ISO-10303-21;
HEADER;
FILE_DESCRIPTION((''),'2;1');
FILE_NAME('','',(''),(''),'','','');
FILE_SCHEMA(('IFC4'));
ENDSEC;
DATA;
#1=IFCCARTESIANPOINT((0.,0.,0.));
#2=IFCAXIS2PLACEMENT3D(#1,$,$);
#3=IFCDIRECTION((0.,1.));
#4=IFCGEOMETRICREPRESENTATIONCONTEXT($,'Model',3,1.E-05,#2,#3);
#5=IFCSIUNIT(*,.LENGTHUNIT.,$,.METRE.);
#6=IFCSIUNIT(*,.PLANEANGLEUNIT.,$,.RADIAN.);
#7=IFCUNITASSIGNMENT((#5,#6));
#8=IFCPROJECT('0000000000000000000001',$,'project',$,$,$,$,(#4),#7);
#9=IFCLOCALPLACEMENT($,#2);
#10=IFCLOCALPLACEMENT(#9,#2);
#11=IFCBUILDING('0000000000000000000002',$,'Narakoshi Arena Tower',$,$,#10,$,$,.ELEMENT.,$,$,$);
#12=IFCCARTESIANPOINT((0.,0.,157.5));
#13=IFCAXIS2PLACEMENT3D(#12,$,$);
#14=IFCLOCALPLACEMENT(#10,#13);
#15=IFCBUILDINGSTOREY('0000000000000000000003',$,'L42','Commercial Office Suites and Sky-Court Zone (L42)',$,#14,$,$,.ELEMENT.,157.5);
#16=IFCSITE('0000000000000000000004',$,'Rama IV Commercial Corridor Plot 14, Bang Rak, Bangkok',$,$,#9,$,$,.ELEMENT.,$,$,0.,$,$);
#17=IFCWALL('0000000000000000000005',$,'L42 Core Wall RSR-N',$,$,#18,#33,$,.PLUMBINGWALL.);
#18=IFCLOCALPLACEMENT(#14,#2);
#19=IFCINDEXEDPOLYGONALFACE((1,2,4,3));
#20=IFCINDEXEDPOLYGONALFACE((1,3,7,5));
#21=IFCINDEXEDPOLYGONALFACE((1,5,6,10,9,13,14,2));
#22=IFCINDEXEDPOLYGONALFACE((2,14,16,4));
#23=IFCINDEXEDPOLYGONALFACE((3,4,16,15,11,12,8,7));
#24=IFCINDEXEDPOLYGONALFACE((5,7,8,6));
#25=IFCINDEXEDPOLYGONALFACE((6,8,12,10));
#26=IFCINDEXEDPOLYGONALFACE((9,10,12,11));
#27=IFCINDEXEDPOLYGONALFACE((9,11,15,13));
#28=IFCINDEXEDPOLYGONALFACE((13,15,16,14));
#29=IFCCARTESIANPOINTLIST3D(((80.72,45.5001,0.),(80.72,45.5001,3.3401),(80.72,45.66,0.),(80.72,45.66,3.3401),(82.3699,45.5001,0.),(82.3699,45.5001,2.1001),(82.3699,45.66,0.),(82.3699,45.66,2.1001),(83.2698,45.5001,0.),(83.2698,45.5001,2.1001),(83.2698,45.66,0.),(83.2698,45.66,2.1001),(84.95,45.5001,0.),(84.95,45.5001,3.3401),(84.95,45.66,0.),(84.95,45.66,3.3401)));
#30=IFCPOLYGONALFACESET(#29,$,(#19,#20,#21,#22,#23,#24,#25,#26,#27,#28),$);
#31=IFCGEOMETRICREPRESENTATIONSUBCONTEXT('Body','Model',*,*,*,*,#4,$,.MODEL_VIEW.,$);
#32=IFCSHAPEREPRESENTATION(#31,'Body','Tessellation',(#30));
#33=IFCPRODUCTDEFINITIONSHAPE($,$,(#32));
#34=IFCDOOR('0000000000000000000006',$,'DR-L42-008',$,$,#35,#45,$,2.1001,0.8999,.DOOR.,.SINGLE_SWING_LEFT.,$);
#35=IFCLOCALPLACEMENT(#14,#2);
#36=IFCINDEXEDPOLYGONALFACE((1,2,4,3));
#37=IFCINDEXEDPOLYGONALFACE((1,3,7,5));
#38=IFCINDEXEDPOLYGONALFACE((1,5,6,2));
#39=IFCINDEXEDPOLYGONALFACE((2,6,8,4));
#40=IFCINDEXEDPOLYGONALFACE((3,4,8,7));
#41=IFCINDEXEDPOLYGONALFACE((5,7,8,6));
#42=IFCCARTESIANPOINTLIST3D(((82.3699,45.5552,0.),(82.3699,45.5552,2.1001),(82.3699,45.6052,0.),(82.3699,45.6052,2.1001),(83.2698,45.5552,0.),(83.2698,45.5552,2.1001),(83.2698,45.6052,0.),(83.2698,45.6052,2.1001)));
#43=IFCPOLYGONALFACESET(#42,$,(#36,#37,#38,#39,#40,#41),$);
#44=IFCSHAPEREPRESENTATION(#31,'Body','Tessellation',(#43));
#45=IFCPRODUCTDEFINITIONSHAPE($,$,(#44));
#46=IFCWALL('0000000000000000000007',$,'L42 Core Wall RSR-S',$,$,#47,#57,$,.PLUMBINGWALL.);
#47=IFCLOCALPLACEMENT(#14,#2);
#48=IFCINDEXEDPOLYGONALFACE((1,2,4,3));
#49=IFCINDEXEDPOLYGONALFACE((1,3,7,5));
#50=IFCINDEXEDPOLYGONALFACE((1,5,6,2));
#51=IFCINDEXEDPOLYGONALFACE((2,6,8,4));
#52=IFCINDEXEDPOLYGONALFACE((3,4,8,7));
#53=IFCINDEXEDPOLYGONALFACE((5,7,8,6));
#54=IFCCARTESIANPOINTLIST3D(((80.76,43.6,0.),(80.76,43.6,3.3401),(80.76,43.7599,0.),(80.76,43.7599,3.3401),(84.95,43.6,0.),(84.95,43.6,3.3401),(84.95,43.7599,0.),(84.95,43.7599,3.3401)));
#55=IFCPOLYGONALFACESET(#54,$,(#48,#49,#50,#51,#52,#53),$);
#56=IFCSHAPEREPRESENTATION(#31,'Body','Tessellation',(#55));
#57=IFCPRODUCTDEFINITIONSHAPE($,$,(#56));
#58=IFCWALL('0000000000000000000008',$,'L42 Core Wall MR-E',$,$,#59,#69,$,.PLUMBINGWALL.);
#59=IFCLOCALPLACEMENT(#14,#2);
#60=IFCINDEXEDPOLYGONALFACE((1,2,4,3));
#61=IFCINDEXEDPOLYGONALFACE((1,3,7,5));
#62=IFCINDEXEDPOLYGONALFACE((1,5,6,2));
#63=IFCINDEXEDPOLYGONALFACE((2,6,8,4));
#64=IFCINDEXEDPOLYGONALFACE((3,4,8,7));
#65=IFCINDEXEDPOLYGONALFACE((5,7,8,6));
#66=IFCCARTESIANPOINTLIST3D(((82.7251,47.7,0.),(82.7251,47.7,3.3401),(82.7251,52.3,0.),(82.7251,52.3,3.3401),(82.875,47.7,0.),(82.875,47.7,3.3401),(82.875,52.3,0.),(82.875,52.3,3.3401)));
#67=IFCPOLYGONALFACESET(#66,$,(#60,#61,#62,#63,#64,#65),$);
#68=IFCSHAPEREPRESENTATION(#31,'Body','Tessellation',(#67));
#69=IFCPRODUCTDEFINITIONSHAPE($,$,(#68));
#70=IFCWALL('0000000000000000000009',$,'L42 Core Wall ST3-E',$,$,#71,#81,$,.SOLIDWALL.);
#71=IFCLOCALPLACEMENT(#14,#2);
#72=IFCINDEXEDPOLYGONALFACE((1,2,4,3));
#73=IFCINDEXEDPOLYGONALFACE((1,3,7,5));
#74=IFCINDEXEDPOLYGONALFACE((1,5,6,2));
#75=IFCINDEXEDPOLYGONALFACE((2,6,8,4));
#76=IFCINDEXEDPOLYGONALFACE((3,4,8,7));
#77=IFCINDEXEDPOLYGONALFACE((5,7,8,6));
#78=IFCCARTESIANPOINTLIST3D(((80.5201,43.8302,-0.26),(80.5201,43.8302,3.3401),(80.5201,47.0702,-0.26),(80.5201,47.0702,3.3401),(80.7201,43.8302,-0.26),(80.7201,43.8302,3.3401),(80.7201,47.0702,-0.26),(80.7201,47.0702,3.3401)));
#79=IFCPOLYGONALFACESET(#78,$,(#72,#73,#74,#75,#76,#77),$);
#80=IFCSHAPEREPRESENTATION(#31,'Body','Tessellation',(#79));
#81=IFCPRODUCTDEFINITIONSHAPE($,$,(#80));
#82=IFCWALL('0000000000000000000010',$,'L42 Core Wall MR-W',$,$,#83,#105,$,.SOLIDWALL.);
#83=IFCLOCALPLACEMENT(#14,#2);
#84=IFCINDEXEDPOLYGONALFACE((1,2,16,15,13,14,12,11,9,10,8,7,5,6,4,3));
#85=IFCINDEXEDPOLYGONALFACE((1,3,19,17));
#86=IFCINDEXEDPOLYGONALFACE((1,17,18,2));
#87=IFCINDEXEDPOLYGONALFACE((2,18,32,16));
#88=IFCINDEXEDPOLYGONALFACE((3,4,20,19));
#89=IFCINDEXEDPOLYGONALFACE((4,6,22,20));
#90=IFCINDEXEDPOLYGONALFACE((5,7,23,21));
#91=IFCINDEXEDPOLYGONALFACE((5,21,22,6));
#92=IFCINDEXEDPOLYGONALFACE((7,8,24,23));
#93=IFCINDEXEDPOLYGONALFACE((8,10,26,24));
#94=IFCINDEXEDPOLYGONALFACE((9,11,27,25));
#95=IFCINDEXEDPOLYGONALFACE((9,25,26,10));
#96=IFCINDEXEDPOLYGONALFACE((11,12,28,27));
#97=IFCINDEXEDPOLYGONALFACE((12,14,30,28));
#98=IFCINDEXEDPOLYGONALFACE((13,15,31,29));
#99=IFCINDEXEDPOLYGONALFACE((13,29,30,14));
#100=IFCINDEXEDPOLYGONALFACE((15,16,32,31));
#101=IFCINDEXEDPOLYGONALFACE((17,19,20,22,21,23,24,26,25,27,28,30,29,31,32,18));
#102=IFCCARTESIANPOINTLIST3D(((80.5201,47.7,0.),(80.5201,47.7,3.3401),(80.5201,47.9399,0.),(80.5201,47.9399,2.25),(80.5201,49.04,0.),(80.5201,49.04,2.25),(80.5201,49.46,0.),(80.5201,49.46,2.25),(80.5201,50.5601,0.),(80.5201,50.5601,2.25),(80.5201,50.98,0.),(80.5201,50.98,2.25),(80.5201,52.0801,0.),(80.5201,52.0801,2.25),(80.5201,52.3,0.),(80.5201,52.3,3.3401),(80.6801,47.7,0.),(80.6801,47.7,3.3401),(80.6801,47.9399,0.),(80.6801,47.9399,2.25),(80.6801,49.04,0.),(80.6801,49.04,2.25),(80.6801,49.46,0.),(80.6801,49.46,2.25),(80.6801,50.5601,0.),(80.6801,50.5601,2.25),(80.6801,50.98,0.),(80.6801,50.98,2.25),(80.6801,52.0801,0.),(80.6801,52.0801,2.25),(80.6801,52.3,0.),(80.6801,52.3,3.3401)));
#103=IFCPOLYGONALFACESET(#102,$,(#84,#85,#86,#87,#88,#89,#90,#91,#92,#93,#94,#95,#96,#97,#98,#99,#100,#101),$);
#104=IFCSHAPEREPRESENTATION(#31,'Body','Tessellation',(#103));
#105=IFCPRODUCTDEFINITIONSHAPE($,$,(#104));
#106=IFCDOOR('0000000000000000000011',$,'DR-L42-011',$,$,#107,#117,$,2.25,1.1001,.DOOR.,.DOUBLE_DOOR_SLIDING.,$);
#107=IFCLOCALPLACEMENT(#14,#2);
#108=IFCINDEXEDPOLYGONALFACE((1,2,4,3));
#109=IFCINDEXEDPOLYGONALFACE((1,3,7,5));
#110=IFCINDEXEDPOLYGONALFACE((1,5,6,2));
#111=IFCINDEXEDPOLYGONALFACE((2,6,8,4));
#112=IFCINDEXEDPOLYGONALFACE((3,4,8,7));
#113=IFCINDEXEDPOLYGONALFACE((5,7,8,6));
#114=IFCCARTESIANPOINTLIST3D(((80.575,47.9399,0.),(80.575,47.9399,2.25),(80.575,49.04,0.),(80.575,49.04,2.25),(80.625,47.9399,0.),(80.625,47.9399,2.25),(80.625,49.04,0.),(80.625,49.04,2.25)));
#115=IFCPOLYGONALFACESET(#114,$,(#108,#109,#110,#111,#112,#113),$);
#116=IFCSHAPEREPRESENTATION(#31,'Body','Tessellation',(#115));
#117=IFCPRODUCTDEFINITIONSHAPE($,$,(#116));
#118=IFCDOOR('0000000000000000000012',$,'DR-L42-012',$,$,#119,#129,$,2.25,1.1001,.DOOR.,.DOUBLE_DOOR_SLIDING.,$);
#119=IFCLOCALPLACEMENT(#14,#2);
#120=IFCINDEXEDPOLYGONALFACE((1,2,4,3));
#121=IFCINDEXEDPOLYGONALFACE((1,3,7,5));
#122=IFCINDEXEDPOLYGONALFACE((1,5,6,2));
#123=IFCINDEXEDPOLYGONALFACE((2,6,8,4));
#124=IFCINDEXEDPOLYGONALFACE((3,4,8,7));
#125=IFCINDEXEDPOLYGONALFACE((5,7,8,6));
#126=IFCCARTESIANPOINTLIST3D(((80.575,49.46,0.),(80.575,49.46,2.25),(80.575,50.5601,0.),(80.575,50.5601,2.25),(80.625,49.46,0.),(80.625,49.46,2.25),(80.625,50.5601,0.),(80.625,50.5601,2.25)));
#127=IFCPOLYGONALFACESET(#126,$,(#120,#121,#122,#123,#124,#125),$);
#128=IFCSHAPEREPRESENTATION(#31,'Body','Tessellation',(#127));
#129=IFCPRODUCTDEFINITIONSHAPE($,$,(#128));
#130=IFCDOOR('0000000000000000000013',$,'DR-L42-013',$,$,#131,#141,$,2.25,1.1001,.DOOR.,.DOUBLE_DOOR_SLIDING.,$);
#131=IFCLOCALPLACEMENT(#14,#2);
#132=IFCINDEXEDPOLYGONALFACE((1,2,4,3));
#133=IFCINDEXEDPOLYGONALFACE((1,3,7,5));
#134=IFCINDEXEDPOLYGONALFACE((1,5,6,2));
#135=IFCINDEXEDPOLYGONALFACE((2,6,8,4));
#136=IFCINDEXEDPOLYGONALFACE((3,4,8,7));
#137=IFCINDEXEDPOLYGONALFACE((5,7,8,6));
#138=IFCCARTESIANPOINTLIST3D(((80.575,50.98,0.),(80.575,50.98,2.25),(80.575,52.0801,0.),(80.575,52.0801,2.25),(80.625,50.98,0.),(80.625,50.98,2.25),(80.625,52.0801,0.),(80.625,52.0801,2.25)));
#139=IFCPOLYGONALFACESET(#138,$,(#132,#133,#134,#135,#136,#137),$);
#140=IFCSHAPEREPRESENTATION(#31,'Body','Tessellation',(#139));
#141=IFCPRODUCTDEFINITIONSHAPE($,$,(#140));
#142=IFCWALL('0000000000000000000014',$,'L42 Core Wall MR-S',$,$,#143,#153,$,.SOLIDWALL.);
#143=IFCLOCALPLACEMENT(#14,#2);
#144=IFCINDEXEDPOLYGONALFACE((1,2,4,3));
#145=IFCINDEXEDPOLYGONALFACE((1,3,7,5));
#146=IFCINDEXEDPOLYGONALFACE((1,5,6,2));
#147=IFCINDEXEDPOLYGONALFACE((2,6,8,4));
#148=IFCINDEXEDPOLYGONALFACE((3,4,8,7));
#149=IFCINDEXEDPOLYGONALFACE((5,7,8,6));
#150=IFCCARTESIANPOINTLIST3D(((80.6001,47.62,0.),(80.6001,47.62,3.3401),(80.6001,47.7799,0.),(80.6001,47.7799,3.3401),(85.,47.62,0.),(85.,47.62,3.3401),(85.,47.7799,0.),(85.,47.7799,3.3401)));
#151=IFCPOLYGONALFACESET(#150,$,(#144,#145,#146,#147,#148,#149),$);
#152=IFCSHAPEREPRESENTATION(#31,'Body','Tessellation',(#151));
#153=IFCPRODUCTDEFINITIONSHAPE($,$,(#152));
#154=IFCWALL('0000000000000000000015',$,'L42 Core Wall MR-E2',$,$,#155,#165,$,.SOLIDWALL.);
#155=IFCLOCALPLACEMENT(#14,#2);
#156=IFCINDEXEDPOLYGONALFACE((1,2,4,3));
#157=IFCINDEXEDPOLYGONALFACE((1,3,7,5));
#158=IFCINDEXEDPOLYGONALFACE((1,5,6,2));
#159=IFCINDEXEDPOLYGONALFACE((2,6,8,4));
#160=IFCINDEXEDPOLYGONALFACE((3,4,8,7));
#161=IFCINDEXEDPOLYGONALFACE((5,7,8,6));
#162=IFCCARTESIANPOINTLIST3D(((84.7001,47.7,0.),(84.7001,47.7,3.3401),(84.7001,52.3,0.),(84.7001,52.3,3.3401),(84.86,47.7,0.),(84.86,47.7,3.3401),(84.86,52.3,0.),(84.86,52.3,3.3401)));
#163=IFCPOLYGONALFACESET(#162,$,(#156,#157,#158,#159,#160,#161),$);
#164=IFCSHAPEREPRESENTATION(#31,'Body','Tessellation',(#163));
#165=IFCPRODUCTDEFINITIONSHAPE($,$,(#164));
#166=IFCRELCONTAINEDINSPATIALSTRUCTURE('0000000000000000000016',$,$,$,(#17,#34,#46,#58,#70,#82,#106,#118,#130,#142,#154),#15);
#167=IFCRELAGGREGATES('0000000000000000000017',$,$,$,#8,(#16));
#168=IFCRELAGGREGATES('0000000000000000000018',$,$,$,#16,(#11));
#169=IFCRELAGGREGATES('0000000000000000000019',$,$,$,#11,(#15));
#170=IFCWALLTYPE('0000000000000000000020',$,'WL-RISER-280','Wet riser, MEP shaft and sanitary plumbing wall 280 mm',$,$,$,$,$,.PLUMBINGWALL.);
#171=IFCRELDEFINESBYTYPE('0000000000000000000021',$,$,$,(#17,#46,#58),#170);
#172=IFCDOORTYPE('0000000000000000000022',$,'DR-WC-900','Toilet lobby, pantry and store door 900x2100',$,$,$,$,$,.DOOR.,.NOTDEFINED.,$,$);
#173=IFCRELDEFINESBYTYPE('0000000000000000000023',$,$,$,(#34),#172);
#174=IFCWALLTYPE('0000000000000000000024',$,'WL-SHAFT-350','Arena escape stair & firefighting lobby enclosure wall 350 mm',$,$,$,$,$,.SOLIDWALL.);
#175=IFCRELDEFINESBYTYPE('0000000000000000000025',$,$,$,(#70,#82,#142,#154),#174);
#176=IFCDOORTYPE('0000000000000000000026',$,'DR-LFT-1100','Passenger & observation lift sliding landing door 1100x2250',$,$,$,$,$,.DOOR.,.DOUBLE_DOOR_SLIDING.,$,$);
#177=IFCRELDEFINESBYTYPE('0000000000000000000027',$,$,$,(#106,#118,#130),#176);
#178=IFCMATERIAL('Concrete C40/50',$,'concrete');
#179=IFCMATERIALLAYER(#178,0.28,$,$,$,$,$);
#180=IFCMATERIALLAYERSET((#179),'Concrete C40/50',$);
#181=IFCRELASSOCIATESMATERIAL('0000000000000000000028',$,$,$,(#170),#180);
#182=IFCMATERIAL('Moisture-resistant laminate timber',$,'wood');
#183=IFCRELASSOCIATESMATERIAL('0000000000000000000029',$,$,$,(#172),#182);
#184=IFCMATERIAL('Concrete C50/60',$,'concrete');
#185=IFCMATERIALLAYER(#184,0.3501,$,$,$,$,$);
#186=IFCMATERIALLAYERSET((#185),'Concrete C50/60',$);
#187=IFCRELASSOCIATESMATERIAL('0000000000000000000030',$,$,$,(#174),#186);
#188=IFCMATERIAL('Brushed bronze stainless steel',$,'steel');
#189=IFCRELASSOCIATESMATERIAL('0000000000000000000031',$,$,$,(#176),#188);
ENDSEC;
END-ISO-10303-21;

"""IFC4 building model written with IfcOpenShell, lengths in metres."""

from ifc_helpers import new_model, si_unit, direction, frame, frame_2d, origin, place, context, subcontext, project, spatial, rectangle, extrude, material, layer, layer_set, type_object, element, fill, save


model = new_model("IFC4")

# Units and contexts
model_context = context("Model", 3, precision=1e-05, world=origin(), true_north=direction((0.0, 1.0)))
body_context = subcontext(model_context, "Body", "Model", "MODEL_VIEW")
ifc_project = project(units=[si_unit("LENGTHUNIT", "METRE"), si_unit("PLANEANGLEUNIT", "RADIAN")], contexts=[model_context])

# Site, building, storey
site_placement = place(None, origin())
site = spatial("IfcSite", under=ifc_project, at=site_placement, Name="Rama IV Commercial Corridor Plot 14, Bang Rak, Bangkok", CompositionType="ELEMENT", RefElevation=0.0)
building_placement = place(site_placement, origin())
building = spatial("IfcBuilding", under=site, at=building_placement, Name="Narakoshi Arena Tower", CompositionType="ELEMENT")
storey_placement = place(building_placement, frame((0.0, 0.0, 157.5)))
storey = spatial("IfcBuildingStorey", under=building, at=storey_placement, Name="L42", Description="Commercial Office Suites and Sky-Court Zone (L42)", CompositionType="ELEMENT", Elevation=157.5)

# Shared definitions
ifc_material_1 = material(Name="Concrete C40/50", Category="concrete")
ifc_layer_1 = layer(ifc_material_1, 0.28)
ifc_layer_set_1 = layer_set([ifc_layer_1], Name="Concrete C40/50")
wall_type_1 = type_object("IfcWallType", Name="WL-RISER-280", Description="Wet riser, MEP shaft and sanitary plumbing wall 280 mm", PredefinedType="PLUMBINGWALL", material=ifc_layer_set_1)

# Wall, opening, door
wall_1_placement = place(storey_placement, frame((80.72, 45.5801, 0.0), z_axis=(0.0, 0.0, 1.0), x_axis=(1.0, 0.0, 0.0)))
wall_1 = element("IfcWall", 1, at=wall_1_placement, inside=storey, type_object=wall_type_1, Name="L42 Core Wall RSR-N", PredefinedType="PLUMBINGWALL", context=body_context, shape_type="SweptSolid", body=[
    extrude(rectangle(XDim=4.23, YDim=0.1599, at=frame_2d((2.115, 0.0))), origin(), (0.0, 0.0, 1.0), 3.3401),
])
opening_1_placement = place(wall_1_placement, frame((1.6499, 0.0, 0.0)))
opening_1 = element("IfcOpeningElement", 2, at=opening_1_placement, cuts=wall_1, PredefinedType="OPENING", context=body_context, shape_type="SweptSolid", body=[
    extrude(rectangle(XDim=0.8999, YDim=2.1001, at=frame_2d((0.45, 1.05))), frame((0.0, 0.0898, 0.0), z_axis=(0.0, -1.0, 0.0), x_axis=(1.0, 0.0, 0.0)), (0.0, 0.0, 1.0), 0.1799),
])
ifc_material_2 = material(Name="Moisture-resistant laminate timber", Category="wood")
door_type_1 = type_object("IfcDoorType", Name="DR-WC-900", Description="Toilet lobby, pantry and store door 900x2100", OperationType="NOTDEFINED", PredefinedType="DOOR", material=ifc_material_2)
door_1_placement = place(opening_1_placement, frame((0.8999, 0.0, 0.0), z_axis=(0.0, 0.0, 1.0), x_axis=(-1.0, 0.0, 0.0)))
door_1 = element("IfcDoor", 3, at=door_1_placement, inside=storey, type_object=door_type_1, Name="DR-L42-008", OperationType="SINGLE_SWING_LEFT", OverallHeight=2.1001, OverallWidth=0.8999, PredefinedType="DOOR", context=body_context, shape_type="SweptSolid", body=[
    extrude(rectangle(XDim=0.8999, YDim=2.1001, at=frame_2d((0.45, 1.05))), frame((0.0, 0.0249, 0.0), z_axis=(0.0, -1.0, 0.0), x_axis=(1.0, 0.0, 0.0)), (0.0, 0.0, 1.0), 0.05),
])
fill(opening_1, door_1)

# Walls
wall_2_placement = place(storey_placement, frame((80.76, 43.6799, 0.0), z_axis=(0.0, 0.0, 1.0), x_axis=(1.0, 0.0, 0.0)))
element("IfcWall", 4, at=wall_2_placement, inside=storey, type_object=wall_type_1, Name="L42 Core Wall RSR-S", PredefinedType="PLUMBINGWALL", context=body_context, shape_type="SweptSolid", body=[
    extrude(rectangle(XDim=4.1899, YDim=0.1599, at=frame_2d((2.095, 0.0))), origin(), (0.0, 0.0, 1.0), 3.3401),
])
wall_3_placement = place(storey_placement, frame((82.8, 47.7, 0.0), z_axis=(0.0, 0.0, 1.0), x_axis=(0.0, 1.0, 0.0)))
element("IfcWall", 5, at=wall_3_placement, inside=storey, type_object=wall_type_1, Name="L42 Core Wall MR-E", PredefinedType="PLUMBINGWALL", context=body_context, shape_type="SweptSolid", body=[
    extrude(rectangle(XDim=4.6001, YDim=0.1499, at=frame_2d((2.3, 0.0))), origin(), (0.0, 0.0, 1.0), 3.3401),
])
ifc_material_3 = material(Name="Concrete C50/60", Category="concrete")
ifc_layer_2 = layer(ifc_material_3, 0.3501)
ifc_layer_set_2 = layer_set([ifc_layer_2], Name="Concrete C50/60")
wall_type_2 = type_object("IfcWallType", Name="WL-SHAFT-350", Description="Arena escape stair & firefighting lobby enclosure wall 350 mm", PredefinedType="SOLIDWALL", material=ifc_layer_set_2)
wall_4_placement = place(storey_placement, frame((80.6201, 43.8301, -0.26), z_axis=(0.0, 0.0, 1.0), x_axis=(0.0, 1.0, 0.0)))
element("IfcWall", 6, at=wall_4_placement, inside=storey, type_object=wall_type_2, Name="L42 Core Wall ST3-E", PredefinedType="SOLIDWALL", context=body_context, shape_type="SweptSolid", body=[
    extrude(rectangle(XDim=3.24, YDim=0.2, at=frame_2d((1.6201, 0.0))), origin(), (0.0, 0.0, 1.0), 3.6001),
])

# Wall, openings, doors
wall_5_placement = place(storey_placement, frame((80.6001, 47.7, 0.0), z_axis=(0.0, 0.0, 1.0), x_axis=(0.0, 1.0, 0.0)))
wall_5 = element("IfcWall", 7, at=wall_5_placement, inside=storey, type_object=wall_type_2, Name="L42 Core Wall MR-W", PredefinedType="SOLIDWALL", context=body_context, shape_type="SweptSolid", body=[
    extrude(rectangle(XDim=4.6001, YDim=0.1599, at=frame_2d((2.3, 0.0))), origin(), (0.0, 0.0, 1.0), 3.3401),
])
opening_2_placement = place(wall_5_placement, frame((0.24, 0.0, 0.0)))
opening_2 = element("IfcOpeningElement", 8, at=opening_2_placement, cuts=wall_5, PredefinedType="OPENING", context=body_context, shape_type="SweptSolid", body=[
    extrude(rectangle(XDim=1.1001, YDim=2.25, at=frame_2d((0.55, 1.125))), frame((0.0, 0.0898, 0.0), z_axis=(0.0, -1.0, 0.0), x_axis=(1.0, 0.0, 0.0)), (0.0, 0.0, 1.0), 0.1799),
])
opening_3_placement = place(wall_5_placement, frame((1.76, 0.0, 0.0)))
opening_3 = element("IfcOpeningElement", 9, at=opening_3_placement, cuts=wall_5, PredefinedType="OPENING", context=body_context, shape_type="SweptSolid", body=[
    extrude(rectangle(XDim=1.1001, YDim=2.25, at=frame_2d((0.55, 1.125))), frame((0.0, 0.0898, 0.0), z_axis=(0.0, -1.0, 0.0), x_axis=(1.0, 0.0, 0.0)), (0.0, 0.0, 1.0), 0.1799),
])
opening_4_placement = place(wall_5_placement, frame((3.28, 0.0, 0.0)))
opening_4 = element("IfcOpeningElement", 10, at=opening_4_placement, cuts=wall_5, PredefinedType="OPENING", context=body_context, shape_type="SweptSolid", body=[
    extrude(rectangle(XDim=1.1001, YDim=2.25, at=frame_2d((0.55, 1.125))), frame((0.0, 0.0898, 0.0), z_axis=(0.0, -1.0, 0.0), x_axis=(1.0, 0.0, 0.0)), (0.0, 0.0, 1.0), 0.1799),
])
ifc_material_4 = material(Name="Brushed bronze stainless steel", Category="steel")
door_type_2 = type_object("IfcDoorType", Name="DR-LFT-1100", Description="Passenger & observation lift sliding landing door 1100x2250", OperationType="DOUBLE_DOOR_SLIDING", PredefinedType="DOOR", material=ifc_material_4)
door_2_placement = place(opening_2_placement, frame((1.1001, 0.0, 0.0), z_axis=(0.0, 0.0, 1.0), x_axis=(-1.0, 0.0, 0.0)))
door_2 = element("IfcDoor", 11, at=door_2_placement, inside=storey, type_object=door_type_2, Name="DR-L42-011", OperationType="DOUBLE_DOOR_SLIDING", OverallHeight=2.25, OverallWidth=1.1001, PredefinedType="DOOR", context=body_context, shape_type="SweptSolid", body=[
    extrude(rectangle(XDim=1.1001, YDim=2.25, at=frame_2d((0.55, 1.125))), frame((0.0, 0.0249, 0.0), z_axis=(0.0, -1.0, 0.0), x_axis=(1.0, 0.0, 0.0)), (0.0, 0.0, 1.0), 0.05),
])
fill(opening_2, door_2)
door_3_placement = place(opening_3_placement, frame((1.1001, 0.0, 0.0), z_axis=(0.0, 0.0, 1.0), x_axis=(-1.0, 0.0, 0.0)))
door_3 = element("IfcDoor", 12, at=door_3_placement, inside=storey, type_object=door_type_2, Name="DR-L42-012", OperationType="DOUBLE_DOOR_SLIDING", OverallHeight=2.25, OverallWidth=1.1001, PredefinedType="DOOR", context=body_context, shape_type="SweptSolid", body=[
    extrude(rectangle(XDim=1.1001, YDim=2.25, at=frame_2d((0.55, 1.125))), frame((0.0, 0.0249, 0.0), z_axis=(0.0, -1.0, 0.0), x_axis=(1.0, 0.0, 0.0)), (0.0, 0.0, 1.0), 0.05),
])
fill(opening_3, door_3)
door_4_placement = place(opening_4_placement, frame((1.1001, 0.0, 0.0), z_axis=(0.0, 0.0, 1.0), x_axis=(-1.0, 0.0, 0.0)))
door_4 = element("IfcDoor", 13, at=door_4_placement, inside=storey, type_object=door_type_2, Name="DR-L42-013", OperationType="DOUBLE_DOOR_SLIDING", OverallHeight=2.25, OverallWidth=1.1001, PredefinedType="DOOR", context=body_context, shape_type="SweptSolid", body=[
    extrude(rectangle(XDim=1.1001, YDim=2.25, at=frame_2d((0.55, 1.125))), frame((0.0, 0.0249, 0.0), z_axis=(0.0, -1.0, 0.0), x_axis=(1.0, 0.0, 0.0)), (0.0, 0.0, 1.0), 0.05),
])
fill(opening_4, door_4)

# Walls
wall_6_placement = place(storey_placement, frame((80.6001, 47.7, 0.0), z_axis=(0.0, 0.0, 1.0), x_axis=(1.0, 0.0, 0.0)))
element("IfcWall", 14, at=wall_6_placement, inside=storey, type_object=wall_type_2, Name="L42 Core Wall MR-S", PredefinedType="SOLIDWALL", context=body_context, shape_type="SweptSolid", body=[
    extrude(rectangle(XDim=4.3999, YDim=0.1599, at=frame_2d((2.2, 0.0))), origin(), (0.0, 0.0, 1.0), 3.3401),
])
wall_7_placement = place(storey_placement, frame((84.78, 47.7, 0.0), z_axis=(0.0, 0.0, 1.0), x_axis=(0.0, 1.0, 0.0)))
element("IfcWall", 15, at=wall_7_placement, inside=storey, type_object=wall_type_2, Name="L42 Core Wall MR-E2", PredefinedType="SOLIDWALL", context=body_context, shape_type="SweptSolid", body=[
    extrude(rectangle(XDim=4.6001, YDim=0.1599, at=frame_2d((2.3, 0.0))), origin(), (0.0, 0.0, 1.0), 3.3401),
])

save(model, "model.ifc")
